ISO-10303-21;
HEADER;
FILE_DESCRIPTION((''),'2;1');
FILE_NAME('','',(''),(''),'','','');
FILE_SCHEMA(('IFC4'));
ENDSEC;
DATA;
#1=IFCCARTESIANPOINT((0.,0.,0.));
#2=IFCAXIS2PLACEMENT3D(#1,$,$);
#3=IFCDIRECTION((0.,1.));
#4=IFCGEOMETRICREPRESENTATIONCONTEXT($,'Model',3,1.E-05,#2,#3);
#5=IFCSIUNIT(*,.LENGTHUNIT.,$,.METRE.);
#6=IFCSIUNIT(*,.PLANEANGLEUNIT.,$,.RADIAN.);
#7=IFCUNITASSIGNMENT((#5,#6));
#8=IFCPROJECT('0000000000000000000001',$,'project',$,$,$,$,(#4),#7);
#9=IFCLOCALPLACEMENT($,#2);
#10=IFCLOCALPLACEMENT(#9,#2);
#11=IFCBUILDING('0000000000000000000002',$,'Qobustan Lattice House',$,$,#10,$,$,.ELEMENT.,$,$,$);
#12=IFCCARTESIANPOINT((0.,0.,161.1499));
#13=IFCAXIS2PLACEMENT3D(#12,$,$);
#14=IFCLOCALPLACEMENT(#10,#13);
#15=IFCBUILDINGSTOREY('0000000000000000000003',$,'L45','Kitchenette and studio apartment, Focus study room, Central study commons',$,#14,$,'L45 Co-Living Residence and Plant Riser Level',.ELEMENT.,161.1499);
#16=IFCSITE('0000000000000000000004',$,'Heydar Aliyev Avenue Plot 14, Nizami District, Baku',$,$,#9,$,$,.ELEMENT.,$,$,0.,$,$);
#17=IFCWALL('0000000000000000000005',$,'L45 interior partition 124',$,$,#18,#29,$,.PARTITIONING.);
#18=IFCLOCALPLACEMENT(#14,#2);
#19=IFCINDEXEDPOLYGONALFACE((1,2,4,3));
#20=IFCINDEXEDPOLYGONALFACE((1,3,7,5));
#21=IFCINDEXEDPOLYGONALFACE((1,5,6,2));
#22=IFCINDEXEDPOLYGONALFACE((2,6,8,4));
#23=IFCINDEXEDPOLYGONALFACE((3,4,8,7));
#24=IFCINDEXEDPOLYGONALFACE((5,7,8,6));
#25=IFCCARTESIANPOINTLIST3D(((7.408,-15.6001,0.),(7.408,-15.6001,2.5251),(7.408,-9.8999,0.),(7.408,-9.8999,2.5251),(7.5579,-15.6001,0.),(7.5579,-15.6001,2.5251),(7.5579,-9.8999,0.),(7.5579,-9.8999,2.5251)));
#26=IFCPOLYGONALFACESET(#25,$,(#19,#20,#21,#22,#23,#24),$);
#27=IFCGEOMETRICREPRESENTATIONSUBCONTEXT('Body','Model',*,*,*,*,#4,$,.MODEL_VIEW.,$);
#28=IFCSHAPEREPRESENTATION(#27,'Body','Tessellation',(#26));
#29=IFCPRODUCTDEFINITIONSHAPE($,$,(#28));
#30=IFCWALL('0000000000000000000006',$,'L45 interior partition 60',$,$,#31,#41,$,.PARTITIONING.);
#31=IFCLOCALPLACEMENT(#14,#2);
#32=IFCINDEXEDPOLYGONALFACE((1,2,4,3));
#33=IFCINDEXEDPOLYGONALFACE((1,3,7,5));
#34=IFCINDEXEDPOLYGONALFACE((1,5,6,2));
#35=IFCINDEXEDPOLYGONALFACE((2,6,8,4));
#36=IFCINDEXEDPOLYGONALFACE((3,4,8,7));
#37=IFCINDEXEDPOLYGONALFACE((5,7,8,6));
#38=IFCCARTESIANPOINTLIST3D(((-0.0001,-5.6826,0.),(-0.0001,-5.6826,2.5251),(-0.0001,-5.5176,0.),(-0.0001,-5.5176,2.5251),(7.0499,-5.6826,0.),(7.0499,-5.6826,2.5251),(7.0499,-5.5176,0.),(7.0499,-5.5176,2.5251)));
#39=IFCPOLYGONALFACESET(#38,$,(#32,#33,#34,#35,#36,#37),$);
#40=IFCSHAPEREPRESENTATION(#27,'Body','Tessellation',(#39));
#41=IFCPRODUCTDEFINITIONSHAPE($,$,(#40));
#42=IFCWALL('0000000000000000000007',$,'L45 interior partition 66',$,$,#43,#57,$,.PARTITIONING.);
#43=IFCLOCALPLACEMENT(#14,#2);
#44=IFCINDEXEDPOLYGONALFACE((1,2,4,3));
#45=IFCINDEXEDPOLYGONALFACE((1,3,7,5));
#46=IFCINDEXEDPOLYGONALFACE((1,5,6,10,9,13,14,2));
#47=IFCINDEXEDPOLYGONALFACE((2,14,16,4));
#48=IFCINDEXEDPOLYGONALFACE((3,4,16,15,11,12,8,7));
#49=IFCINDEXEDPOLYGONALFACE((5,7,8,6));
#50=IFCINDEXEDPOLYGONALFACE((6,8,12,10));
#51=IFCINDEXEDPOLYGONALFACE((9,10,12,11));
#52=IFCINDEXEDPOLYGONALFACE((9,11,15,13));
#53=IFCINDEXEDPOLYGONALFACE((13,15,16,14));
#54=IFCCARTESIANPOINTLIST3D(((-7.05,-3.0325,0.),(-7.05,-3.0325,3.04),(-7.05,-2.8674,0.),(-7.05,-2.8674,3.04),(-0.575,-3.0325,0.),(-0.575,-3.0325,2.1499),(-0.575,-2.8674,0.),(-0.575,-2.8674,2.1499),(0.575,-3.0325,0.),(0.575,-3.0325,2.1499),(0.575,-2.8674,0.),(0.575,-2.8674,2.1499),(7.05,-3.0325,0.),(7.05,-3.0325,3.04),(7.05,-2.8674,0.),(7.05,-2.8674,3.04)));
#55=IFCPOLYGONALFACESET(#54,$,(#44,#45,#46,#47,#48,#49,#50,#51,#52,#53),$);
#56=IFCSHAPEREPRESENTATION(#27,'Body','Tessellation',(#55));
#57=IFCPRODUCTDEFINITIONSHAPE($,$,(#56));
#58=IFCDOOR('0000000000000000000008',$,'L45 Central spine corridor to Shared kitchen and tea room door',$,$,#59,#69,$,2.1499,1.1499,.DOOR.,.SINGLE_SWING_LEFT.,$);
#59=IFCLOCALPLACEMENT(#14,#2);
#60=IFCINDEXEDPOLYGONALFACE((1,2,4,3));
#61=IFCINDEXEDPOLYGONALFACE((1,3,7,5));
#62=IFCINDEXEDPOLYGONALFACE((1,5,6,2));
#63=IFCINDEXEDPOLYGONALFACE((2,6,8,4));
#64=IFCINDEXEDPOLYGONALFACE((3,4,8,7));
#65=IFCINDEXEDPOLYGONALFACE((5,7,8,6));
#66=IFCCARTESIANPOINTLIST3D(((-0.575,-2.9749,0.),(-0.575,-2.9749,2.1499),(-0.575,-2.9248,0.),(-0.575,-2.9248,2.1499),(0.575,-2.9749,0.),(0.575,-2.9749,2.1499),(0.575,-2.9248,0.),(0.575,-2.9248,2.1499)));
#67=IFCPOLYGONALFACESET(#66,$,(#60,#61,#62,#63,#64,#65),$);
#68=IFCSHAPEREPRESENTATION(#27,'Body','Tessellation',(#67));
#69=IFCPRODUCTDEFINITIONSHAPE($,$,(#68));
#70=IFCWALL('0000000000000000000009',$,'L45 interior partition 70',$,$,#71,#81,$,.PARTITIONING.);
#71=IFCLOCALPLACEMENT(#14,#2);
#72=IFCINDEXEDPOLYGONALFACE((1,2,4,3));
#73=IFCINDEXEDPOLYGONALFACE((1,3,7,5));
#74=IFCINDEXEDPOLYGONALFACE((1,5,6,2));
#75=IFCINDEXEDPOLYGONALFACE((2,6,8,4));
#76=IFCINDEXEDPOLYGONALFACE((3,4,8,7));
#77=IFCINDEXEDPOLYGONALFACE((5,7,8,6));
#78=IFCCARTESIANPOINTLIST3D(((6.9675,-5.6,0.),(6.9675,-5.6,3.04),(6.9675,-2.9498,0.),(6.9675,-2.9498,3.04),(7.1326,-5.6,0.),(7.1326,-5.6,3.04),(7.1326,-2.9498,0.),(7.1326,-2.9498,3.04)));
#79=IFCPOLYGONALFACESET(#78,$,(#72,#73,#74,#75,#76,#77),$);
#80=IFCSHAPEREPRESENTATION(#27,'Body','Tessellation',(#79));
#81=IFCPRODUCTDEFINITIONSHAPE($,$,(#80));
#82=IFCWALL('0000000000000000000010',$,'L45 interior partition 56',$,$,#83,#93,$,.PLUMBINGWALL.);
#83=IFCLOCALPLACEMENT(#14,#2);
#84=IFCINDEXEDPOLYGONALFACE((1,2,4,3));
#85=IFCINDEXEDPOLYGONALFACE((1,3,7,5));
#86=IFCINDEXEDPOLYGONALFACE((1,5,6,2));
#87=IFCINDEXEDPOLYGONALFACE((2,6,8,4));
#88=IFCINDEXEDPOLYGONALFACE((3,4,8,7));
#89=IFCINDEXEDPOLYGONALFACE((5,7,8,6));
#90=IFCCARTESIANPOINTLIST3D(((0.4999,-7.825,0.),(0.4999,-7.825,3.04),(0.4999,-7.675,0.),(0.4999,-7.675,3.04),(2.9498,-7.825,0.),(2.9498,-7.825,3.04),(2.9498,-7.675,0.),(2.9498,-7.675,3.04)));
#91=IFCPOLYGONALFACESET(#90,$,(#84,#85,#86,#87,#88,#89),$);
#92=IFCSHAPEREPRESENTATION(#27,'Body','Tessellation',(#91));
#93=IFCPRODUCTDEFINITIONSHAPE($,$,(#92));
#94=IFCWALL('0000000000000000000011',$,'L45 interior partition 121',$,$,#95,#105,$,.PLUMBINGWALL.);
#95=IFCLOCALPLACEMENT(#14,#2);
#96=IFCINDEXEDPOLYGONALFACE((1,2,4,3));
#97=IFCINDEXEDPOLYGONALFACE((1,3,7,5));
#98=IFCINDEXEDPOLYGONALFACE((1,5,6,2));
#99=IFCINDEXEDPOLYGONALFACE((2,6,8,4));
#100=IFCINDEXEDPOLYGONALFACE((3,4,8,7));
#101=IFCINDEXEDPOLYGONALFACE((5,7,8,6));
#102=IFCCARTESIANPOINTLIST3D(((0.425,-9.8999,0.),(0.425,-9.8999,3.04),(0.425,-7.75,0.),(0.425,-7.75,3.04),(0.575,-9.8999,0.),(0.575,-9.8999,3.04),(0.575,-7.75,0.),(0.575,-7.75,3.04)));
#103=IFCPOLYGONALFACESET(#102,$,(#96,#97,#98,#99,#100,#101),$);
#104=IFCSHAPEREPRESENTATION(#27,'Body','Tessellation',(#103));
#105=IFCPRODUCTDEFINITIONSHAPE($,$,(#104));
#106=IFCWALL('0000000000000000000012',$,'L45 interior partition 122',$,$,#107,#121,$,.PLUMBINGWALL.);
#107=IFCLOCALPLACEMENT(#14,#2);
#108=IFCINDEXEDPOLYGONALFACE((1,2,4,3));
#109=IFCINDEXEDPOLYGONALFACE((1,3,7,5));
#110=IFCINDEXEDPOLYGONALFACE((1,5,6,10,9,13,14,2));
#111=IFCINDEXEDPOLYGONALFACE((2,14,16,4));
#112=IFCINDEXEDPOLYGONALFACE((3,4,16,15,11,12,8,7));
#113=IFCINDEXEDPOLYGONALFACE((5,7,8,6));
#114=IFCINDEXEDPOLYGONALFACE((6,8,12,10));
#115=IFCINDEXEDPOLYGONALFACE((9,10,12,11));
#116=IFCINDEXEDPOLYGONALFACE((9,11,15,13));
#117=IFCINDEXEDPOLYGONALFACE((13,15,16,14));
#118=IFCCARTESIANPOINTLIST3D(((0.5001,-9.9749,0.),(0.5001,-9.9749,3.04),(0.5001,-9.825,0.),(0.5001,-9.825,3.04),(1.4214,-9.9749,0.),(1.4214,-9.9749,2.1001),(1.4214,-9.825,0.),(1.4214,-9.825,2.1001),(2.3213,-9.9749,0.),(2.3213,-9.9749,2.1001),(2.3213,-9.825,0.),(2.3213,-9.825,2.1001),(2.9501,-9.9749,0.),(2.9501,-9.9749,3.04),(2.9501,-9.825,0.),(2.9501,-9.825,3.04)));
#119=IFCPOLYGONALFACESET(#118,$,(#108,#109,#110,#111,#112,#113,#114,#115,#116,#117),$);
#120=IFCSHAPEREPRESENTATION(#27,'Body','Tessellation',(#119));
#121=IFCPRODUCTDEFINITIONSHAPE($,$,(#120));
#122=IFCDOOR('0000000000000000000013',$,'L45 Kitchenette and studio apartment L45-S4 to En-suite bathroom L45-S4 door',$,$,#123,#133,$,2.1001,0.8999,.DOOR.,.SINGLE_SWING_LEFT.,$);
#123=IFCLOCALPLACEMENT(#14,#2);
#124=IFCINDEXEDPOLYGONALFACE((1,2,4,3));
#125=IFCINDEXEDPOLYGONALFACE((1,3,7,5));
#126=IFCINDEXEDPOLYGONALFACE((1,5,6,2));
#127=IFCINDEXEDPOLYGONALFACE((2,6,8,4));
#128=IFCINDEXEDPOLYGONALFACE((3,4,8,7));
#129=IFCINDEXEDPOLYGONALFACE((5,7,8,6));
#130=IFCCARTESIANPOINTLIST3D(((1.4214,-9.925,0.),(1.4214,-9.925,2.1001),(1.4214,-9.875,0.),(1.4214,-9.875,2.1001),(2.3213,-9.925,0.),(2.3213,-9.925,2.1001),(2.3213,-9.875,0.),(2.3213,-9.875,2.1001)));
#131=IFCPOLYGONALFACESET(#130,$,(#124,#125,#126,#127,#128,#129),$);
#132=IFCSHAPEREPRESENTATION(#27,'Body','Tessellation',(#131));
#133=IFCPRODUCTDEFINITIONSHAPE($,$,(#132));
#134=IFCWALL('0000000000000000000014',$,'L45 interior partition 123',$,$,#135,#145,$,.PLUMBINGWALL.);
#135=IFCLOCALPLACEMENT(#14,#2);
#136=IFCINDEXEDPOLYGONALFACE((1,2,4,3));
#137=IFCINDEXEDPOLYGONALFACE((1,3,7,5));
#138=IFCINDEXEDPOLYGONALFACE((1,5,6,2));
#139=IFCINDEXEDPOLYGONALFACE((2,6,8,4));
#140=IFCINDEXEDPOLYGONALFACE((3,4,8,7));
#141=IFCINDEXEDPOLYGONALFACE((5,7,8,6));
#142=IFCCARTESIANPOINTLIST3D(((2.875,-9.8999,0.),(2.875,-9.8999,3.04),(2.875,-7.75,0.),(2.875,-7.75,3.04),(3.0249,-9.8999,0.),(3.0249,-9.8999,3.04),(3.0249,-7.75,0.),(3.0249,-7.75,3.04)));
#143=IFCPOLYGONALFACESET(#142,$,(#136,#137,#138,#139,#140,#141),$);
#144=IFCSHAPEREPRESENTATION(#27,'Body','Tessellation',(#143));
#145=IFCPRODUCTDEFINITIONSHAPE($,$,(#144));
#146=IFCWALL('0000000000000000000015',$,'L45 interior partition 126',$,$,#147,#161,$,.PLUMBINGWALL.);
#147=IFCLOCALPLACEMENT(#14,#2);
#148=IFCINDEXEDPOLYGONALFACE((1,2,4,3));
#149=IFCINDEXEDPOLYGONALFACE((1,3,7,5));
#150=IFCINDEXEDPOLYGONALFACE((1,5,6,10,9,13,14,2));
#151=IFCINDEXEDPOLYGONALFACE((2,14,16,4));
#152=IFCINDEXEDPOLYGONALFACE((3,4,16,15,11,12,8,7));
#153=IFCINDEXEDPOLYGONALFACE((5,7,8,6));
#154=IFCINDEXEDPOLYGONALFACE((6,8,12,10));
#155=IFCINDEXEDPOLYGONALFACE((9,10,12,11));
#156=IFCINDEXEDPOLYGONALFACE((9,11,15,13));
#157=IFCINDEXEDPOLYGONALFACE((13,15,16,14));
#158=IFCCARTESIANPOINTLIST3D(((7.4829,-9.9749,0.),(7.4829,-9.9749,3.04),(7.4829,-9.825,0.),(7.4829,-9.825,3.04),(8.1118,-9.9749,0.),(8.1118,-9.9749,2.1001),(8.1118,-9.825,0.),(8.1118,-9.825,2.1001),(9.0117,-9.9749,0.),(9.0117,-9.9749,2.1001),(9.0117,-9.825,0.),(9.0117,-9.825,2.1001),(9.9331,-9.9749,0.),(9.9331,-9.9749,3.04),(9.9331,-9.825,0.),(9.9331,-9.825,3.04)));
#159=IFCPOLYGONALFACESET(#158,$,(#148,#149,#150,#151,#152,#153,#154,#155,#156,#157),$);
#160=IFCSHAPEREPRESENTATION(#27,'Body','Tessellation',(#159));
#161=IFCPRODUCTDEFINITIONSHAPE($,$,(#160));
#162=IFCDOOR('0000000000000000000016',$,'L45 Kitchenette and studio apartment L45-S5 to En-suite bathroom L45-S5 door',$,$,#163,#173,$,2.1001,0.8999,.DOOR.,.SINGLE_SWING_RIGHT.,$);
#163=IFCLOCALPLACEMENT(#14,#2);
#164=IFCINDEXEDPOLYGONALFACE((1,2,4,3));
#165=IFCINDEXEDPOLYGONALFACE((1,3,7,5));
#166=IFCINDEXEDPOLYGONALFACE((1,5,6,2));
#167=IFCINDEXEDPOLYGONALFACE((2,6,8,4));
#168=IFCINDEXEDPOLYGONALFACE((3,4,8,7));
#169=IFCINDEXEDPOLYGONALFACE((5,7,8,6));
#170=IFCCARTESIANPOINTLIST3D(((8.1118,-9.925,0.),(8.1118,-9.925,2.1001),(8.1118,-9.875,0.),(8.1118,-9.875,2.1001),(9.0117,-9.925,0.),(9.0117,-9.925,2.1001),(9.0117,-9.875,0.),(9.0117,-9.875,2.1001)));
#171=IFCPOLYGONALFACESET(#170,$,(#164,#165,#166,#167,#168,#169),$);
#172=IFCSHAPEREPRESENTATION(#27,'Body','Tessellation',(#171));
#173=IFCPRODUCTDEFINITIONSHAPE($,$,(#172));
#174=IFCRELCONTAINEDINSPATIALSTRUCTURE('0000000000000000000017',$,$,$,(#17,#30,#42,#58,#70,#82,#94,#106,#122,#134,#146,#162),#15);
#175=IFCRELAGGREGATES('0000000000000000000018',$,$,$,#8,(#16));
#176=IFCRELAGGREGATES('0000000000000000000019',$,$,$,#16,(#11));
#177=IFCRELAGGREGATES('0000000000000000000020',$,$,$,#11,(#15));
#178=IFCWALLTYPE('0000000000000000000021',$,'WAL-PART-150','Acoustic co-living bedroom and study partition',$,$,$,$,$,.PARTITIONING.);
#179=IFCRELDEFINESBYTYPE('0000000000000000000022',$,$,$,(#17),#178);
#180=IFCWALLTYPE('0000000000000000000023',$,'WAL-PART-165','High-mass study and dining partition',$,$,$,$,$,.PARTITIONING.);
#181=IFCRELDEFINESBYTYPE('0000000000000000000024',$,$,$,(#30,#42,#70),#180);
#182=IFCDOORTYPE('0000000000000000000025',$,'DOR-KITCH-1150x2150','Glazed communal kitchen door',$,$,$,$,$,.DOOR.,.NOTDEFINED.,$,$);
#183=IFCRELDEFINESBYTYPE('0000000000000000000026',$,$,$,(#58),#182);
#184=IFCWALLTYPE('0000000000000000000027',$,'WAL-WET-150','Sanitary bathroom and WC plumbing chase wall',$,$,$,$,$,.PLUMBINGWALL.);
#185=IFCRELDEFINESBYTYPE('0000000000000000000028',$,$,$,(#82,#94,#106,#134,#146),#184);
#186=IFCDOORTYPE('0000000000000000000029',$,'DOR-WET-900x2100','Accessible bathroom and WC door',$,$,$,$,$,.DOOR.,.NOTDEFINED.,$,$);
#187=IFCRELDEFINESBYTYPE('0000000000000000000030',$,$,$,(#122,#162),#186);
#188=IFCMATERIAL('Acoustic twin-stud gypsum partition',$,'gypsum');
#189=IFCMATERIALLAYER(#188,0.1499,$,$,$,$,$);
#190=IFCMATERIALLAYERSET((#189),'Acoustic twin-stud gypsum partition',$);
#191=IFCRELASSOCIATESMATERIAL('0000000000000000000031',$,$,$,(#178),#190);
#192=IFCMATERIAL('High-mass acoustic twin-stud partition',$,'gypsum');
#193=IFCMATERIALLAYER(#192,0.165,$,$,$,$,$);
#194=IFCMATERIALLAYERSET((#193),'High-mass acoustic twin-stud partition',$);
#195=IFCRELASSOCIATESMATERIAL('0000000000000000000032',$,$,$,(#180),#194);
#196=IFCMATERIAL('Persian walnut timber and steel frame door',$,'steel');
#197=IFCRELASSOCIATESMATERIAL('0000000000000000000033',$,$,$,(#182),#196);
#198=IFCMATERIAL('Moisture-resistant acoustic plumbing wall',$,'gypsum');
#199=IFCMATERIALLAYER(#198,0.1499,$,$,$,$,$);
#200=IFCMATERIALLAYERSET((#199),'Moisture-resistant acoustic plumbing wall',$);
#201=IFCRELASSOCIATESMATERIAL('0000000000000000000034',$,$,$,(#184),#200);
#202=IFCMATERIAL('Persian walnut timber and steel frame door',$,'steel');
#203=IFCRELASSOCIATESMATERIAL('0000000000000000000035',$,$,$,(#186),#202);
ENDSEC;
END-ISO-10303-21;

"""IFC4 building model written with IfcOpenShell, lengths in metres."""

from ifc_helpers import new_model, si_unit, direction, frame, frame_2d, origin, place, context, subcontext, project, spatial, rectangle, extrude, material, layer, layer_set, type_object, element, fill, save


model = new_model("IFC4")

# Units and contexts
model_context = context("Model", 3, precision=1e-05, world=origin(), true_north=direction((0.0, 1.0)))
body_context = subcontext(model_context, "Body", "Model", "MODEL_VIEW")
ifc_project = project(units=[si_unit("LENGTHUNIT", "METRE"), si_unit("PLANEANGLEUNIT", "RADIAN")], contexts=[model_context])

# Site, building, storey
site_placement = place(None, origin())
site = spatial("IfcSite", under=ifc_project, at=site_placement, Name="Heydar Aliyev Avenue Plot 14, Nizami District, Baku", CompositionType="ELEMENT", RefElevation=0.0)
building_placement = place(site_placement, origin())
building = spatial("IfcBuilding", under=site, at=building_placement, Name="Qobustan Lattice House", CompositionType="ELEMENT")
storey_placement = place(building_placement, frame((0.0, 0.0, 161.1499)))
storey = spatial("IfcBuildingStorey", under=building, at=storey_placement, Name="L45", Description="Kitchenette and studio apartment, Focus study room, Central study commons", LongName="L45 Co-Living Residence and Plant Riser Level", CompositionType="ELEMENT", Elevation=161.1499)

# Walls
ifc_material_1 = material(Name="Acoustic twin-stud gypsum partition", Category="gypsum")
ifc_layer_1 = layer(ifc_material_1, 0.1499)
ifc_layer_set_1 = layer_set([ifc_layer_1], Name="Acoustic twin-stud gypsum partition")
wall_type_1 = type_object("IfcWallType", Name="WAL-PART-150", Description="Acoustic co-living bedroom and study partition", PredefinedType="PARTITIONING", material=ifc_layer_set_1)
wall_1_placement = place(storey_placement, frame((7.4829, -9.8999, 0.0), z_axis=(0.0, 0.0, 1.0), x_axis=(0.0, -1.0, 0.0)))
element("IfcWall", 1, at=wall_1_placement, inside=storey, type_object=wall_type_1, Name="L45 interior partition 124", PredefinedType="PARTITIONING", context=body_context, shape_type="SweptSolid", body=[
    extrude(rectangle(XDim=5.7002, YDim=0.1499, at=frame_2d((2.8501, 0.0))), origin(), (0.0, 0.0, 1.0), 2.5251),
])
ifc_material_2 = material(Name="High-mass acoustic twin-stud partition", Category="gypsum")
ifc_layer_2 = layer(ifc_material_2, 0.165)
ifc_layer_set_2 = layer_set([ifc_layer_2], Name="High-mass acoustic twin-stud partition")
wall_type_2 = type_object("IfcWallType", Name="WAL-PART-165", Description="High-mass study and dining partition", PredefinedType="PARTITIONING", material=ifc_layer_set_2)
wall_2_placement = place(storey_placement, frame((0.0, -5.6001, 0.0), z_axis=(0.0, 0.0, 1.0), x_axis=(1.0, 0.0, 0.0)))
element("IfcWall", 2, at=wall_2_placement, inside=storey, type_object=wall_type_2, Name="L45 interior partition 60", PredefinedType="PARTITIONING", context=body_context, shape_type="SweptSolid", body=[
    extrude(rectangle(XDim=7.05, YDim=0.165, at=frame_2d((3.5249, 0.0))), origin(), (0.0, 0.0, 1.0), 2.5251),
])

# Wall, opening, door
wall_3_placement = place(storey_placement, frame((7.05, -2.95, 0.0), z_axis=(0.0, 0.0, 1.0), x_axis=(-1.0, 0.0, 0.0)))
wall_3 = element("IfcWall", 3, at=wall_3_placement, inside=storey, type_object=wall_type_2, Name="L45 interior partition 66", PredefinedType="PARTITIONING", context=body_context, shape_type="SweptSolid", body=[
    extrude(rectangle(XDim=14.1001, YDim=0.165, at=frame_2d((7.05, 0.0))), origin(), (0.0, 0.0, 1.0), 3.04),
])
opening_1_placement = place(wall_3_placement, frame((6.4751, 0.0, 0.0)))
opening_1 = element("IfcOpeningElement", 4, at=opening_1_placement, cuts=wall_3, PredefinedType="OPENING", context=body_context, shape_type="SweptSolid", body=[
    extrude(rectangle(XDim=1.1499, YDim=2.1499, at=frame_2d((0.575, 1.075))), frame((0.0, 0.0925, 0.0), z_axis=(0.0, -1.0, 0.0), x_axis=(1.0, 0.0, 0.0)), (0.0, 0.0, 1.0), 0.1851),
])
ifc_material_3 = material(Name="Persian walnut timber and steel frame door", Category="steel")
door_type_1 = type_object("IfcDoorType", Name="DOR-KITCH-1150x2150", Description="Glazed communal kitchen door", OperationType="NOTDEFINED", PredefinedType="DOOR", material=ifc_material_3)
door_1_placement = place(opening_1_placement, origin())
door_1 = element("IfcDoor", 5, at=door_1_placement, inside=storey, type_object=door_type_1, Name="L45 Central spine corridor to Shared kitchen and tea room door", OperationType="SINGLE_SWING_LEFT", OverallHeight=2.1499, OverallWidth=1.1499, PredefinedType="DOOR", context=body_context, shape_type="SweptSolid", body=[
    extrude(rectangle(XDim=1.1499, YDim=2.1499, at=frame_2d((0.575, 1.075))), frame((0.0, 0.0249, 0.0), z_axis=(0.0, -1.0, 0.0), x_axis=(1.0, 0.0, 0.0)), (0.0, 0.0, 1.0), 0.05),
])
fill(opening_1, door_1)

# Walls
wall_4_placement = place(storey_placement, frame((7.05, -5.6001, 0.0), z_axis=(0.0, 0.0, 1.0), x_axis=(0.0, 1.0, 0.0)))
element("IfcWall", 6, at=wall_4_placement, inside=storey, type_object=wall_type_2, Name="L45 interior partition 70", PredefinedType="PARTITIONING", context=body_context, shape_type="SweptSolid", body=[
    extrude(rectangle(XDim=2.6501, YDim=0.165, at=frame_2d((1.3252, 0.0))), origin(), (0.0, 0.0, 1.0), 3.04),
])
ifc_material_4 = material(Name="Moisture-resistant acoustic plumbing wall", Category="gypsum")
ifc_layer_3 = layer(ifc_material_4, 0.1499)
ifc_layer_set_3 = layer_set([ifc_layer_3], Name="Moisture-resistant acoustic plumbing wall")
wall_type_3 = type_object("IfcWallType", Name="WAL-WET-150", Description="Sanitary bathroom and WC plumbing chase wall", PredefinedType="PLUMBINGWALL", material=ifc_layer_set_3)
wall_5_placement = place(storey_placement, frame((2.95, -7.75, 0.0), z_axis=(0.0, 0.0, 1.0), x_axis=(-1.0, 0.0, 0.0)))
element("IfcWall", 7, at=wall_5_placement, inside=storey, type_object=wall_type_3, Name="L45 interior partition 56", PredefinedType="PLUMBINGWALL", context=body_context, shape_type="SweptSolid", body=[
    extrude(rectangle(XDim=2.45, YDim=0.1499, at=frame_2d((1.2251, 0.0))), origin(), (0.0, 0.0, 1.0), 3.04),
])
wall_6_placement = place(storey_placement, frame((0.5, -7.75, 0.0), z_axis=(0.0, 0.0, 1.0), x_axis=(0.0, -1.0, 0.0)))
element("IfcWall", 8, at=wall_6_placement, inside=storey, type_object=wall_type_3, Name="L45 interior partition 121", PredefinedType="PLUMBINGWALL", context=body_context, shape_type="SweptSolid", body=[
    extrude(rectangle(XDim=2.1499, YDim=0.1499, at=frame_2d((1.075, 0.0))), origin(), (0.0, 0.0, 1.0), 3.04),
])

# Wall, opening, door
wall_7_placement = place(storey_placement, frame((0.5, -9.8999, 0.0), z_axis=(0.0, 0.0, 1.0), x_axis=(1.0, 0.0, 0.0)))
wall_7 = element("IfcWall", 9, at=wall_7_placement, inside=storey, type_object=wall_type_3, Name="L45 interior partition 122", PredefinedType="PLUMBINGWALL", context=body_context, shape_type="SweptSolid", body=[
    extrude(rectangle(XDim=2.45, YDim=0.1499, at=frame_2d((1.2251, 0.0))), origin(), (0.0, 0.0, 1.0), 3.04),
])
opening_2_placement = place(wall_7_placement, frame((0.9214, 0.0, 0.0)))
opening_2 = element("IfcOpeningElement", 10, at=opening_2_placement, cuts=wall_7, PredefinedType="OPENING", context=body_context, shape_type="SweptSolid", body=[
    extrude(rectangle(XDim=0.8999, YDim=2.1001, at=frame_2d((0.45, 1.05))), frame((0.0, 0.085, 0.0), z_axis=(0.0, -1.0, 0.0), x_axis=(1.0, 0.0, 0.0)), (0.0, 0.0, 1.0), 0.1699),
])
ifc_material_5 = material(Name="Persian walnut timber and steel frame door", Category="steel")
door_type_2 = type_object("IfcDoorType", Name="DOR-WET-900x2100", Description="Accessible bathroom and WC door", OperationType="NOTDEFINED", PredefinedType="DOOR", material=ifc_material_5)
door_2_placement = place(opening_2_placement, origin())
door_2 = element("IfcDoor", 11, at=door_2_placement, inside=storey, type_object=door_type_2, Name="L45 Kitchenette and studio apartment L45-S4 to En-suite bathroom L45-S4 door", OperationType="SINGLE_SWING_LEFT", OverallHeight=2.1001, OverallWidth=0.8999, PredefinedType="DOOR", context=body_context, shape_type="SweptSolid", body=[
    extrude(rectangle(XDim=0.8999, YDim=2.1001, at=frame_2d((0.45, 1.05))), frame((0.0, 0.0249, 0.0), z_axis=(0.0, -1.0, 0.0), x_axis=(1.0, 0.0, 0.0)), (0.0, 0.0, 1.0), 0.05),
])
fill(opening_2, door_2)

# Wall
wall_8_placement = place(storey_placement, frame((2.95, -9.8999, 0.0), z_axis=(0.0, 0.0, 1.0), x_axis=(0.0, 1.0, 0.0)))
element("IfcWall", 12, at=wall_8_placement, inside=storey, type_object=wall_type_3, Name="L45 interior partition 123", PredefinedType="PLUMBINGWALL", context=body_context, shape_type="SweptSolid", body=[
    extrude(rectangle(XDim=2.1499, YDim=0.1499, at=frame_2d((1.075, 0.0))), origin(), (0.0, 0.0, 1.0), 3.04),
])

# Wall, opening, door
wall_9_placement = place(storey_placement, frame((7.4829, -9.8999, 0.0), z_axis=(0.0, 0.0, 1.0), x_axis=(1.0, 0.0, 0.0)))
wall_9 = element("IfcWall", 13, at=wall_9_placement, inside=storey, type_object=wall_type_3, Name="L45 interior partition 126", PredefinedType="PLUMBINGWALL", context=body_context, shape_type="SweptSolid", body=[
    extrude(rectangle(XDim=2.4502, YDim=0.1499, at=frame_2d((1.2251, 0.0))), origin(), (0.0, 0.0, 1.0), 3.04),
])
opening_3_placement = place(wall_9_placement, frame((0.6289, 0.0, 0.0)))
opening_3 = element("IfcOpeningElement", 14, at=opening_3_placement, cuts=wall_9, PredefinedType="OPENING", context=body_context, shape_type="SweptSolid", body=[
    extrude(rectangle(XDim=0.8999, YDim=2.1001, at=frame_2d((0.45, 1.05))), frame((0.0, 0.085, 0.0), z_axis=(0.0, -1.0, 0.0), x_axis=(1.0, 0.0, 0.0)), (0.0, 0.0, 1.0), 0.1699),
])
door_3_placement = place(opening_3_placement, origin())
door_3 = element("IfcDoor", 15, at=door_3_placement, inside=storey, type_object=door_type_2, Name="L45 Kitchenette and studio apartment L45-S5 to En-suite bathroom L45-S5 door", OperationType="SINGLE_SWING_RIGHT", OverallHeight=2.1001, OverallWidth=0.8999, PredefinedType="DOOR", context=body_context, shape_type="SweptSolid", body=[
    extrude(rectangle(XDim=0.8999, YDim=2.1001, at=frame_2d((0.45, 1.05))), frame((0.0, 0.0249, 0.0), z_axis=(0.0, -1.0, 0.0), x_axis=(1.0, 0.0, 0.0)), (0.0, 0.0, 1.0), 0.05),
])
fill(opening_3, door_3)

save(model, "model.ifc")
